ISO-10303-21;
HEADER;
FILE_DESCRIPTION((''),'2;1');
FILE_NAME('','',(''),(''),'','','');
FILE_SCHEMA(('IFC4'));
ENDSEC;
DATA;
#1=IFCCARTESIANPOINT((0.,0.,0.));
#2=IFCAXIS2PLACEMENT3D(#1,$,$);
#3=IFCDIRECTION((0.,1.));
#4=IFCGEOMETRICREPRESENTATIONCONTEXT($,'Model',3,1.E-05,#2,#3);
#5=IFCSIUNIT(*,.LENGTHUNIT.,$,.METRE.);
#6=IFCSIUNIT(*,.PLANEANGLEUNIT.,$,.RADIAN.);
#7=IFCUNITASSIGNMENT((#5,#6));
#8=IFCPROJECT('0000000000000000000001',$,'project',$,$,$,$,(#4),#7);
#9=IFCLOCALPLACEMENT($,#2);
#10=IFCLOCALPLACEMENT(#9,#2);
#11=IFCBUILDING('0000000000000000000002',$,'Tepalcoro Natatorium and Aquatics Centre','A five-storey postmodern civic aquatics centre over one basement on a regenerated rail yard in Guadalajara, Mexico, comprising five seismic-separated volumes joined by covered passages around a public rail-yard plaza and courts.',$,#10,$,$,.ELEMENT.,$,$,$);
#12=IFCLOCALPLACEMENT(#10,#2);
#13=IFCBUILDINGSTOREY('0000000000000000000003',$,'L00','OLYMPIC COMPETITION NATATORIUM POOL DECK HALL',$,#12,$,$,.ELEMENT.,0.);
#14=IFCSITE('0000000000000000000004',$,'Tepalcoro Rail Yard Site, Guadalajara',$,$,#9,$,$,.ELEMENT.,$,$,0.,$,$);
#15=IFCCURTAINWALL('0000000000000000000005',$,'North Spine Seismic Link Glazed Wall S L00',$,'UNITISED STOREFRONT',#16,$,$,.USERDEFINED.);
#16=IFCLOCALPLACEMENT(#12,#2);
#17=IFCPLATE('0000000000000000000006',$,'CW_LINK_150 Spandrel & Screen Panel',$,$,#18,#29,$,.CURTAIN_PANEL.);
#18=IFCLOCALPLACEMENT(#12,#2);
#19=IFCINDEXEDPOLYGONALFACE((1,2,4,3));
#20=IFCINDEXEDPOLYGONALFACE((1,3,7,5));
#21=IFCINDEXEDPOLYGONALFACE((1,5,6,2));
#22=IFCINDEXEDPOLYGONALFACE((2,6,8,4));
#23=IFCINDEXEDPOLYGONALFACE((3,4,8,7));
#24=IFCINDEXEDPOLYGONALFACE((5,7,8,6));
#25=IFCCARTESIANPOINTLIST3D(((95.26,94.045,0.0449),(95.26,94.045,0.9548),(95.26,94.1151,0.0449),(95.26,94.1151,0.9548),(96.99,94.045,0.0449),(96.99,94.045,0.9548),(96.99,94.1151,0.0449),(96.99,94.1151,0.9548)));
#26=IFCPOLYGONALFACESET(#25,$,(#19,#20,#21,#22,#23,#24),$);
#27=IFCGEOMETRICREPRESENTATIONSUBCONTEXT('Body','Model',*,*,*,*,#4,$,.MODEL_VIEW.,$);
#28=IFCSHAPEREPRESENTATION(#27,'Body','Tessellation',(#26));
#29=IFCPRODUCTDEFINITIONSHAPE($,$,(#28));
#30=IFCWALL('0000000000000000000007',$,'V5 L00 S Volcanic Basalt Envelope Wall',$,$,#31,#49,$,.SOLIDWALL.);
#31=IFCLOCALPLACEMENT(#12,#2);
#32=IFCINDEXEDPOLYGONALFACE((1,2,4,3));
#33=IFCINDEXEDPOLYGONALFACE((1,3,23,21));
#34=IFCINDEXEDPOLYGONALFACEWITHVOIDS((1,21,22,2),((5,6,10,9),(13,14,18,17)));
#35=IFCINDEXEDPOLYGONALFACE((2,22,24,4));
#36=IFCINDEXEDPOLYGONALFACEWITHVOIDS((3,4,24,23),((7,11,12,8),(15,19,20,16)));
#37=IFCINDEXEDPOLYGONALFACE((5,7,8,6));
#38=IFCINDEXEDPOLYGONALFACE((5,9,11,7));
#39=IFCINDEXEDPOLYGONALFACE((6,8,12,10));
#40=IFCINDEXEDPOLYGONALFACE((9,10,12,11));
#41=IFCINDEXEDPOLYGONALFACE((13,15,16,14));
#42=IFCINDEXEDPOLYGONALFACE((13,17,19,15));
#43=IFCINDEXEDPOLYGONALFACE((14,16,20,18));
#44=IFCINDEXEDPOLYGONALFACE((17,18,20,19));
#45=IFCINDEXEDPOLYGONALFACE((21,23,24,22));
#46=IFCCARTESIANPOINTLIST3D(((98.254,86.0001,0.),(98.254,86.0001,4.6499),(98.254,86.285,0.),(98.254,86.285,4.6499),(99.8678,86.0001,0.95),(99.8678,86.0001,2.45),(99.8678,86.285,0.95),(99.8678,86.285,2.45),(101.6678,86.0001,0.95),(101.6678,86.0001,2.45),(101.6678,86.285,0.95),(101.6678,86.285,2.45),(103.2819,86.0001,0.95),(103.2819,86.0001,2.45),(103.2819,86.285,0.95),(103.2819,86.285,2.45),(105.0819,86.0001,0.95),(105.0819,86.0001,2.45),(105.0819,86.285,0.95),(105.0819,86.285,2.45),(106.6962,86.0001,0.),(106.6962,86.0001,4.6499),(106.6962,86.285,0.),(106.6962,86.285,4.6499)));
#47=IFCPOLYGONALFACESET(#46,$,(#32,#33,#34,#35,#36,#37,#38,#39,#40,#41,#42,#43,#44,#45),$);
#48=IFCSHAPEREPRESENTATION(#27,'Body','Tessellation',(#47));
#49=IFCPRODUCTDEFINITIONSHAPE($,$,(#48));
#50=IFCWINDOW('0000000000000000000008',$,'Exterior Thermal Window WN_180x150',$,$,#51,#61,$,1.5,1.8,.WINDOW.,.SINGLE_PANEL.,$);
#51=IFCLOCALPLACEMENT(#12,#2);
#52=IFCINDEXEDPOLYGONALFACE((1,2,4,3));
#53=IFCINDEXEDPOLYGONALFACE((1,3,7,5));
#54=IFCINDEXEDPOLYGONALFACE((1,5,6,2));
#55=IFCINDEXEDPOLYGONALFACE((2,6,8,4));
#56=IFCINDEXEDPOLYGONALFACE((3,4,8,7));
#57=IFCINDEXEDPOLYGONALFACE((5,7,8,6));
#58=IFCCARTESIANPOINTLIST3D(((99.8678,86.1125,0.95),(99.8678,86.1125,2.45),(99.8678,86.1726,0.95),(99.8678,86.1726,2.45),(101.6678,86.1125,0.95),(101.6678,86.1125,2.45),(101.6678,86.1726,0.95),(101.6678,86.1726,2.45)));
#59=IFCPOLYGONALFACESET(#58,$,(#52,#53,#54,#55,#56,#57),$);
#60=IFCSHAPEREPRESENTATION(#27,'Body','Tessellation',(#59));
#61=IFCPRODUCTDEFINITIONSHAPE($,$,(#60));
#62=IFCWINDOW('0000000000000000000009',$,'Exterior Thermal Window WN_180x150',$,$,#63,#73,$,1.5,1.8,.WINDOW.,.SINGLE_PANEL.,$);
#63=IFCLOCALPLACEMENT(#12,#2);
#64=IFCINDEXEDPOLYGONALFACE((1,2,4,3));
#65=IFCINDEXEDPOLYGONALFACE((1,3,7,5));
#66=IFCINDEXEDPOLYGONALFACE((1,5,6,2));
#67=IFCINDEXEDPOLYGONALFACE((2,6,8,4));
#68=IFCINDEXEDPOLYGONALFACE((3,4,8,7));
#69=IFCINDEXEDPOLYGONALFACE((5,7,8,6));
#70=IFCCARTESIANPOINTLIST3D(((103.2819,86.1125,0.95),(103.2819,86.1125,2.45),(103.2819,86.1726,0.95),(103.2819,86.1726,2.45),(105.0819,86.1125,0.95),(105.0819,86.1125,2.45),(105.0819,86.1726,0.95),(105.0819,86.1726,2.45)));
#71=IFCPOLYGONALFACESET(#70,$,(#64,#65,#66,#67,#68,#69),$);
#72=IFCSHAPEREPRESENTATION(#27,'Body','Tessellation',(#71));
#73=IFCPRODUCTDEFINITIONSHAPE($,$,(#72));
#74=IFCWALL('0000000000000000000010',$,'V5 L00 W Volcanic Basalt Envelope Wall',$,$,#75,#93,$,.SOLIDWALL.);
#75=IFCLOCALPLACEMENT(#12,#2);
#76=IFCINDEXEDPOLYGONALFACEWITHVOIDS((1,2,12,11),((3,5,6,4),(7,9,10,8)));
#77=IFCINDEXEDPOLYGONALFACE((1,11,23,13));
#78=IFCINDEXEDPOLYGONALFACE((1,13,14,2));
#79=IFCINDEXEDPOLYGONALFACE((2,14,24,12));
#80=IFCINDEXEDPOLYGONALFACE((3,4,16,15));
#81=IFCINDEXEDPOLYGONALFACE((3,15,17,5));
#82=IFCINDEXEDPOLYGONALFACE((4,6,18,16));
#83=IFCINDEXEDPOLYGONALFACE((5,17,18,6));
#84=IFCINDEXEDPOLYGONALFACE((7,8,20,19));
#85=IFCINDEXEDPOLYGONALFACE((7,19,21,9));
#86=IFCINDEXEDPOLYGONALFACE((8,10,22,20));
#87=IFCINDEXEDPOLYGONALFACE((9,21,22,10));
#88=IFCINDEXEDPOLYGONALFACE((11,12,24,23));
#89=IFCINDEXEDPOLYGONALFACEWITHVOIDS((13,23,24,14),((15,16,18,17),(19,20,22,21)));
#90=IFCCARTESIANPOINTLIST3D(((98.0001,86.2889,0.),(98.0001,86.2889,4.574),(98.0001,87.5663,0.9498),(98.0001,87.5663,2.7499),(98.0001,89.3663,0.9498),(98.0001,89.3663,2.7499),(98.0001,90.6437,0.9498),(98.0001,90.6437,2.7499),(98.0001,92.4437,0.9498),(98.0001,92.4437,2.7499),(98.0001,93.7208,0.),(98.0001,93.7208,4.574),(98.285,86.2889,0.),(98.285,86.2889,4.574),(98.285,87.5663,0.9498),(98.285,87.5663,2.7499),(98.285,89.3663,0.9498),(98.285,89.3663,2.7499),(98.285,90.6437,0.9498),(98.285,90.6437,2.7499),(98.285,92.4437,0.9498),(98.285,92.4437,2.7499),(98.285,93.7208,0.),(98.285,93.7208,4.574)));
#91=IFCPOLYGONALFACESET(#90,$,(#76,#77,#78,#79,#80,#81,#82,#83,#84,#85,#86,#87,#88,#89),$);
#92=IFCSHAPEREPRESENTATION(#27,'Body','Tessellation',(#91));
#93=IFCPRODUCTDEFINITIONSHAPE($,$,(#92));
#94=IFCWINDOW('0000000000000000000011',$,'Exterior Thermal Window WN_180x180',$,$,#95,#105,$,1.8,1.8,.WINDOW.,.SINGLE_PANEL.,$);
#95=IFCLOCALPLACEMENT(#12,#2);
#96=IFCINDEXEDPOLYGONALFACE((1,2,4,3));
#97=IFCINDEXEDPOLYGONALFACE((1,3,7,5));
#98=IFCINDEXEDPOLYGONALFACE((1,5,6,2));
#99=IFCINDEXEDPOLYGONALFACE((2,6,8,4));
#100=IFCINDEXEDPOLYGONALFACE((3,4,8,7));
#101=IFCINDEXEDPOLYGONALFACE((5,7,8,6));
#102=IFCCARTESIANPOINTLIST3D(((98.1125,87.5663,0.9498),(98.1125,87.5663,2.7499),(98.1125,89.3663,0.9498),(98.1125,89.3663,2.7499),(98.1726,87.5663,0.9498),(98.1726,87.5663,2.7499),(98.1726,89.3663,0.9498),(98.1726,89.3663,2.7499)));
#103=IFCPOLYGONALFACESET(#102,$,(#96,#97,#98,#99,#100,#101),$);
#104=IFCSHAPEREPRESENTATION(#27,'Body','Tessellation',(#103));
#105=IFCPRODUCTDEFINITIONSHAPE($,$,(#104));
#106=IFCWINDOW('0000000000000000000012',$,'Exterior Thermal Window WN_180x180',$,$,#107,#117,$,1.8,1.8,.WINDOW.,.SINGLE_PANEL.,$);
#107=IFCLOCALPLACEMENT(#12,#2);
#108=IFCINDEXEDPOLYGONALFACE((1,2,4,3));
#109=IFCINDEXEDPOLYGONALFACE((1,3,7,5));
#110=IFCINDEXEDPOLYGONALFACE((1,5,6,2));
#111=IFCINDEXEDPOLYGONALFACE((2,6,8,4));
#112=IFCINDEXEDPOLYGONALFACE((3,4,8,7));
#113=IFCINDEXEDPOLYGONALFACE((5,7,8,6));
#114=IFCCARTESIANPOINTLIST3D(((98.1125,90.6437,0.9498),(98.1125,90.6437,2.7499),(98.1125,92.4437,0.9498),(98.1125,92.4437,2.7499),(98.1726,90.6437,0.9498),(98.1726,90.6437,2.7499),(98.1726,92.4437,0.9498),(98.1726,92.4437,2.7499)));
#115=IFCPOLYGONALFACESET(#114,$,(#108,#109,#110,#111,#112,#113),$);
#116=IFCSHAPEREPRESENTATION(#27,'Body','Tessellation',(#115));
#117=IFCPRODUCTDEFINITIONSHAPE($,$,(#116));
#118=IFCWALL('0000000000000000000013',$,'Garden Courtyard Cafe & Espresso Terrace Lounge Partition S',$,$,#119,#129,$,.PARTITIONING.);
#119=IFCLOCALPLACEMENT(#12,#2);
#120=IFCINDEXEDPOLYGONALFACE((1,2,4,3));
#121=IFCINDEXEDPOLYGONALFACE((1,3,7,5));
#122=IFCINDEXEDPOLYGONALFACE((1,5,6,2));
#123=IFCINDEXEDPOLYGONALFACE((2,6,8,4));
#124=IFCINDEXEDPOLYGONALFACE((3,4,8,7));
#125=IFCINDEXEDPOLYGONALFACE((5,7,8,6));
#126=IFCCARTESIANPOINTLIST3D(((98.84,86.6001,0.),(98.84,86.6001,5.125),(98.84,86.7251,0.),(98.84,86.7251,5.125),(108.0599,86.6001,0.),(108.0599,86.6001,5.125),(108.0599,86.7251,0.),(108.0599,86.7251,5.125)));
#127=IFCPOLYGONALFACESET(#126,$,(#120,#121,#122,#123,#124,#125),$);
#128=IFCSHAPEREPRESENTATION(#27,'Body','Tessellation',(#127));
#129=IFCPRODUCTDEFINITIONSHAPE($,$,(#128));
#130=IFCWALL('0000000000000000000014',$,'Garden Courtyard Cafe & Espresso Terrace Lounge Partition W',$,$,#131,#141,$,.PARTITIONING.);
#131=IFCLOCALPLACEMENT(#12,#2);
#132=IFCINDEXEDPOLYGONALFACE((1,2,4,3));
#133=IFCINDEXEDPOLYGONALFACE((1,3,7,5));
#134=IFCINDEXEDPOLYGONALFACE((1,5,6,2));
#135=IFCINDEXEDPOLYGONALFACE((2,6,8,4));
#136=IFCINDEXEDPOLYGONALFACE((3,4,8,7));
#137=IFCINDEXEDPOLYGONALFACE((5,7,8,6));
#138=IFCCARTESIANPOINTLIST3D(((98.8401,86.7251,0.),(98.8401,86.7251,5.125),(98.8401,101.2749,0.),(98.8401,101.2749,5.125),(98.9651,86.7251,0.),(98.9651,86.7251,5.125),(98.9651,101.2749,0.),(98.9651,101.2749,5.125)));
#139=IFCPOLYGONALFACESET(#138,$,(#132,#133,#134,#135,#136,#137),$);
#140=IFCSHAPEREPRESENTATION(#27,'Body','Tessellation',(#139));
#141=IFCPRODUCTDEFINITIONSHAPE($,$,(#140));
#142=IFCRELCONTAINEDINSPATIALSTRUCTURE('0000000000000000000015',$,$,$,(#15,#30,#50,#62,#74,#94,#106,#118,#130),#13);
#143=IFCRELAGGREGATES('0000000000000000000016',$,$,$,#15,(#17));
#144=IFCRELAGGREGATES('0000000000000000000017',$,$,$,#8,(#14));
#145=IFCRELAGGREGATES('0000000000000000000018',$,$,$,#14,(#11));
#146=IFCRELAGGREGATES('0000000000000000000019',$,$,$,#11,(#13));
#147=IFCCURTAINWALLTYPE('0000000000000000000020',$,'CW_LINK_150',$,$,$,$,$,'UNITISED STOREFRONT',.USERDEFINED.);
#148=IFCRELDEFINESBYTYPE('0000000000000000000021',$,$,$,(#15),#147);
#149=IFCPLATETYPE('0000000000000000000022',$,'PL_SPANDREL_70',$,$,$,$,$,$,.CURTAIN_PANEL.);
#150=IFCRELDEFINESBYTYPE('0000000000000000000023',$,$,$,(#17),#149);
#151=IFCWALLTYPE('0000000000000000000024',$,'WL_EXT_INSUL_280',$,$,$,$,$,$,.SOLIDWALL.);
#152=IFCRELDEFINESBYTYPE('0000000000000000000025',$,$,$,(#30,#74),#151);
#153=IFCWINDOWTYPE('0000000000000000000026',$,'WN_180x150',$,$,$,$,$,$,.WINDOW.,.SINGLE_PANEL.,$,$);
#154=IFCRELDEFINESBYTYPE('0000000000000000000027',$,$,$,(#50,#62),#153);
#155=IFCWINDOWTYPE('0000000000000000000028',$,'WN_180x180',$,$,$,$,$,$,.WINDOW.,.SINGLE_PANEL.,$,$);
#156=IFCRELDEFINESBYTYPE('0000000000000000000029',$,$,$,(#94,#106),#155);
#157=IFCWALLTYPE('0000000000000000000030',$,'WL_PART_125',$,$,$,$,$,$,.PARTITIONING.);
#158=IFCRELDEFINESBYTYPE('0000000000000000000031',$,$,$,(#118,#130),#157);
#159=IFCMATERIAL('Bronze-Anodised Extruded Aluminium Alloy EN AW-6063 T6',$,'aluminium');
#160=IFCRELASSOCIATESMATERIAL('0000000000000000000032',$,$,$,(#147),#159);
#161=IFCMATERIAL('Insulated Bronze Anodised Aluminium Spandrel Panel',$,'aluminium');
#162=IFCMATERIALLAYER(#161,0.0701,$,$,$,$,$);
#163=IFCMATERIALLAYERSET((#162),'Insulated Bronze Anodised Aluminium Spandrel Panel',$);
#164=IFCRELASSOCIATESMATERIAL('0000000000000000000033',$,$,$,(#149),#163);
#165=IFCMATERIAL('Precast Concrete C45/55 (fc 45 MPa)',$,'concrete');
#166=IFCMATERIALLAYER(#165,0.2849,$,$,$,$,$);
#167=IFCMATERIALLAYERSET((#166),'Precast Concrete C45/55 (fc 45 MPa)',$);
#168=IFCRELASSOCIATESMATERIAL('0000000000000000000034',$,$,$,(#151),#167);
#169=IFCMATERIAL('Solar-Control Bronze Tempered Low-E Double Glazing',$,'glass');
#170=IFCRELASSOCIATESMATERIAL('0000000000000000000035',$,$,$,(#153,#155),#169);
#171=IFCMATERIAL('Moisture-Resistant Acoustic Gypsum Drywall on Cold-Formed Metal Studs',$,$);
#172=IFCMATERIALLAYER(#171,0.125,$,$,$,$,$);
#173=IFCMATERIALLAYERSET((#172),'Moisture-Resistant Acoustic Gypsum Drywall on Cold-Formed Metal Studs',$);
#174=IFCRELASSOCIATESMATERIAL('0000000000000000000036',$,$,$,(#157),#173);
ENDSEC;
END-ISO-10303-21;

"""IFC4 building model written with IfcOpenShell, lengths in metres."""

from ifc_helpers import new_model, si_unit, direction, frame, frame_2d, origin, origin_2d, place, context, subcontext, project, spatial, rectangle, extrude, material, layer, layer_set, type_object, element, fill, aggregate, save


model = new_model("IFC4")

# Units and contexts
model_context = context("Model", 3, precision=1e-05, world=origin(), true_north=direction((0.0, 1.0)))
body_context = subcontext(model_context, "Body", "Model", "MODEL_VIEW")
ifc_project = project(units=[si_unit("LENGTHUNIT", "METRE"), si_unit("PLANEANGLEUNIT", "RADIAN")], contexts=[model_context])

# Site, building, storey
site_placement = place(None, origin())
site = spatial("IfcSite", under=ifc_project, at=site_placement, Name="Tepalcoro Rail Yard Site, Guadalajara", CompositionType="ELEMENT", RefElevation=0.0)
building_placement = place(site_placement, origin())
building = spatial("IfcBuilding", under=site, at=building_placement, Name="Tepalcoro Natatorium and Aquatics Centre", Description="A five-storey postmodern civic aquatics centre over one basement on a regenerated rail yard in Guadalajara, Mexico, comprising five seismic-separated volumes joined by covered passages around a public rail-yard plaza and courts.", CompositionType="ELEMENT")
storey_placement = place(building_placement, origin())
storey = spatial("IfcBuildingStorey", under=building, at=storey_placement, Name="L00", Description="OLYMPIC COMPETITION NATATORIUM POOL DECK HALL", CompositionType="ELEMENT", Elevation=0.0)

# Curtain wall
ifc_material_1 = material(Name="Bronze-Anodised Extruded Aluminium Alloy EN AW-6063 T6", Category="aluminium")
curtain_wall_type = type_object("IfcCurtainWallType", Name="CW_LINK_150", ElementType="UNITISED STOREFRONT", PredefinedType="USERDEFINED", material=ifc_material_1)
curtain_wall_placement = place(storey_placement, origin())
curtain_wall = element("IfcCurtainWall", 1, at=curtain_wall_placement, inside=storey, type_object=curtain_wall_type, Name="North Spine Seismic Link Glazed Wall S L00", ObjectType="UNITISED STOREFRONT", PredefinedType="USERDEFINED")

# Plate
ifc_material_2 = material(Name="Solar-Control Bronze Tempered Low-E Double Glazing", Category="glass")
ifc_material_3 = material(Name="Insulated Bronze Anodised Aluminium Spandrel Panel", Category="aluminium")
ifc_layer_1 = layer(ifc_material_3, 0.0701)
ifc_layer_set_1 = layer_set([ifc_layer_1], Name="Insulated Bronze Anodised Aluminium Spandrel Panel")
plate_type_1 = type_object("IfcPlateType", Name="PL_SPANDREL_70", PredefinedType="CURTAIN_PANEL", material=ifc_layer_set_1)
plate_1_placement = place(storey_placement, frame((96.125, 94.0801, 0.0449), z_axis=(0.0, 0.0, 1.0), x_axis=(1.0, 0.0, 0.0)))
plate_1 = element("IfcPlate", 2, at=plate_1_placement, type_object=plate_type_1, Name="CW_LINK_150 Spandrel & Screen Panel", PredefinedType="CURTAIN_PANEL", context=body_context, shape_type="SweptSolid", body=[
    extrude(rectangle(XDim=1.73, YDim=0.0701, at=origin_2d()), origin(), (0.0, 0.0, 1.0), 0.9099),
])
aggregate(curtain_wall, [plate_1])

# Shared definitions
ifc_material_4 = material(Name="Precast Concrete C45/55 (fc 45 MPa)", Category="concrete")

# Walls, openings, windows
ifc_layer_2 = layer(ifc_material_4, 0.2849)
ifc_layer_set_2 = layer_set([ifc_layer_2], Name="Precast Concrete C45/55 (fc 45 MPa)")
wall_type_1 = type_object("IfcWallType", Name="WL_EXT_INSUL_280", PredefinedType="SOLIDWALL", material=ifc_layer_set_2)
wall_1_placement = place(storey_placement, frame((98.2539, 86.1426, 0.0), z_axis=(0.0, 0.0, 1.0), x_axis=(1.0, 0.0, 0.0)))
wall_1 = element("IfcWall", 3, at=wall_1_placement, inside=storey, type_object=wall_type_1, Name="V5 L00 S Volcanic Basalt Envelope Wall", PredefinedType="SOLIDWALL", context=body_context, shape_type="SweptSolid", body=[
    extrude(rectangle(XDim=8.4421, YDim=0.2849, at=frame_2d((4.2212, 0.0))), origin(), (0.0, 0.0, 1.0), 4.6499),
])
opening_1_placement = place(wall_1_placement, frame((1.614, 0.0, 0.95)))
opening_1 = element("IfcOpeningElement", 4, at=opening_1_placement, cuts=wall_1, PredefinedType="OPENING", context=body_context, shape_type="SweptSolid", body=[
    extrude(rectangle(XDim=1.8, YDim=1.5, at=frame_2d((0.8999, 0.75))), frame((0.0, 0.1543, 0.0), z_axis=(0.0, -1.0, 0.0), x_axis=(1.0, 0.0, 0.0)), (0.0, 0.0, 1.0), 0.3088),
])
opening_2_placement = place(wall_1_placement, frame((5.0281, 0.0, 0.95)))
opening_2 = element("IfcOpeningElement", 5, at=opening_2_placement, cuts=wall_1, PredefinedType="OPENING", context=body_context, shape_type="SweptSolid", body=[
    extrude(rectangle(XDim=1.8, YDim=1.5, at=frame_2d((0.8999, 0.75))), frame((0.0, 0.1543, 0.0), z_axis=(0.0, -1.0, 0.0), x_axis=(1.0, 0.0, 0.0)), (0.0, 0.0, 1.0), 0.3088),
])
window_type_1 = type_object("IfcWindowType", Name="WN_180x150", PartitioningType="SINGLE_PANEL", PredefinedType="WINDOW", material=ifc_material_2)
window_1_placement = place(opening_1_placement, origin())
window_1 = element("IfcWindow", 6, at=window_1_placement, inside=storey, type_object=window_type_1, Name="Exterior Thermal Window WN_180x150", OverallHeight=1.5, OverallWidth=1.8, PartitioningType="SINGLE_PANEL", PredefinedType="WINDOW", context=body_context, shape_type="SweptSolid", body=[
    extrude(rectangle(XDim=1.8, YDim=1.5, at=frame_2d((0.8999, 0.75))), frame((0.0, 0.03, 0.0), z_axis=(0.0, -1.0, 0.0), x_axis=(1.0, 0.0, 0.0)), (0.0, 0.0, 1.0), 0.0601),
])
fill(opening_1, window_1)
window_2_placement = place(opening_2_placement, origin())
window_2 = element("IfcWindow", 7, at=window_2_placement, inside=storey, type_object=window_type_1, Name="Exterior Thermal Window WN_180x150", OverallHeight=1.5, OverallWidth=1.8, PartitioningType="SINGLE_PANEL", PredefinedType="WINDOW", context=body_context, shape_type="SweptSolid", body=[
    extrude(rectangle(XDim=1.8, YDim=1.5, at=frame_2d((0.8999, 0.75))), frame((0.0, 0.03, 0.0), z_axis=(0.0, -1.0, 0.0), x_axis=(1.0, 0.0, 0.0)), (0.0, 0.0, 1.0), 0.0601),
])
fill(opening_2, window_2)
wall_2_placement = place(storey_placement, frame((98.1426, 86.2891, 0.0), z_axis=(0.0, 0.0, 1.0), x_axis=(0.0, 1.0, 0.0)))
wall_2 = element("IfcWall", 8, at=wall_2_placement, inside=storey, type_object=wall_type_1, Name="V5 L00 W Volcanic Basalt Envelope Wall", PredefinedType="SOLIDWALL", context=body_context, shape_type="SweptSolid", body=[
    extrude(rectangle(XDim=7.4319, YDim=0.2849, at=frame_2d((3.7158, 0.0))), origin(), (0.0, 0.0, 1.0), 4.574),
])
opening_3_placement = place(wall_2_placement, frame((1.2773, 0.0, 0.95)))
opening_3 = element("IfcOpeningElement", 9, at=opening_3_placement, cuts=wall_2, PredefinedType="OPENING", context=body_context, shape_type="SweptSolid", body=[
    extrude(rectangle(XDim=1.8, YDim=1.8, at=frame_2d((0.8999, 0.8999))), frame((0.0, 0.1543, 0.0), z_axis=(0.0, -1.0, 0.0), x_axis=(1.0, 0.0, 0.0)), (0.0, 0.0, 1.0), 0.3088),
])
opening_4_placement = place(wall_2_placement, frame((4.3547, 0.0, 0.95)))
opening_4 = element("IfcOpeningElement", 10, at=opening_4_placement, cuts=wall_2, PredefinedType="OPENING", context=body_context, shape_type="SweptSolid", body=[
    extrude(rectangle(XDim=1.8, YDim=1.8, at=frame_2d((0.8999, 0.8999))), frame((0.0, 0.1543, 0.0), z_axis=(0.0, -1.0, 0.0), x_axis=(1.0, 0.0, 0.0)), (0.0, 0.0, 1.0), 0.3088),
])
window_type_2 = type_object("IfcWindowType", Name="WN_180x180", PartitioningType="SINGLE_PANEL", PredefinedType="WINDOW", material=ifc_material_2)
window_3_placement = place(opening_3_placement, origin())
window_3 = element("IfcWindow", 11, at=window_3_placement, inside=storey, type_object=window_type_2, Name="Exterior Thermal Window WN_180x180", OverallHeight=1.8, OverallWidth=1.8, PartitioningType="SINGLE_PANEL", PredefinedType="WINDOW", context=body_context, shape_type="SweptSolid", body=[
    extrude(rectangle(XDim=1.8, YDim=1.8, at=frame_2d((0.8999, 0.8999))), frame((0.0, 0.03, 0.0), z_axis=(0.0, -1.0, 0.0), x_axis=(1.0, 0.0, 0.0)), (0.0, 0.0, 1.0), 0.0601),
])
fill(opening_3, window_3)
window_4_placement = place(opening_4_placement, origin())
window_4 = element("IfcWindow", 12, at=window_4_placement, inside=storey, type_object=window_type_2, Name="Exterior Thermal Window WN_180x180", OverallHeight=1.8, OverallWidth=1.8, PartitioningType="SINGLE_PANEL", PredefinedType="WINDOW", context=body_context, shape_type="SweptSolid", body=[
    extrude(rectangle(XDim=1.8, YDim=1.8, at=frame_2d((0.8999, 0.8999))), frame((0.0, 0.03, 0.0), z_axis=(0.0, -1.0, 0.0), x_axis=(1.0, 0.0, 0.0)), (0.0, 0.0, 1.0), 0.0601),
])
fill(opening_4, window_4)

# Walls
ifc_material_5 = material(Name="Moisture-Resistant Acoustic Gypsum Drywall on Cold-Formed Metal Studs")
ifc_layer_3 = layer(ifc_material_5, 0.125)
ifc_layer_set_3 = layer_set([ifc_layer_3], Name="Moisture-Resistant Acoustic Gypsum Drywall on Cold-Formed Metal Studs")
wall_type_2 = type_object("IfcWallType", Name="WL_PART_125", PredefinedType="PARTITIONING", material=ifc_layer_set_3)
wall_3_placement = place(storey_placement, frame((98.8401, 86.6626, 0.0), z_axis=(0.0, 0.0, 1.0), x_axis=(1.0, 0.0, 0.0)))
element("IfcWall", 13, at=wall_3_placement, inside=storey, type_object=wall_type_2, Name="Garden Courtyard Cafe & Espresso Terrace Lounge Partition S", PredefinedType="PARTITIONING", context=body_context, shape_type="SweptSolid", body=[
    extrude(rectangle(XDim=9.22, YDim=0.125, at=frame_2d((4.6099, 0.0))), origin(), (0.0, 0.0, 1.0), 5.125),
])
wall_4_placement = place(storey_placement, frame((98.9026, 86.7251, 0.0), z_axis=(0.0, 0.0, 1.0), x_axis=(0.0, 1.0, 0.0)))
element("IfcWall", 14, at=wall_4_placement, inside=storey, type_object=wall_type_2, Name="Garden Courtyard Cafe & Espresso Terrace Lounge Partition W", PredefinedType="PARTITIONING", context=body_context, shape_type="SweptSolid", body=[
    extrude(rectangle(XDim=14.5498, YDim=0.125, at=frame_2d((7.2749, 0.0))), origin(), (0.0, 0.0, 1.0), 5.125),
])

save(model, "model.ifc")
